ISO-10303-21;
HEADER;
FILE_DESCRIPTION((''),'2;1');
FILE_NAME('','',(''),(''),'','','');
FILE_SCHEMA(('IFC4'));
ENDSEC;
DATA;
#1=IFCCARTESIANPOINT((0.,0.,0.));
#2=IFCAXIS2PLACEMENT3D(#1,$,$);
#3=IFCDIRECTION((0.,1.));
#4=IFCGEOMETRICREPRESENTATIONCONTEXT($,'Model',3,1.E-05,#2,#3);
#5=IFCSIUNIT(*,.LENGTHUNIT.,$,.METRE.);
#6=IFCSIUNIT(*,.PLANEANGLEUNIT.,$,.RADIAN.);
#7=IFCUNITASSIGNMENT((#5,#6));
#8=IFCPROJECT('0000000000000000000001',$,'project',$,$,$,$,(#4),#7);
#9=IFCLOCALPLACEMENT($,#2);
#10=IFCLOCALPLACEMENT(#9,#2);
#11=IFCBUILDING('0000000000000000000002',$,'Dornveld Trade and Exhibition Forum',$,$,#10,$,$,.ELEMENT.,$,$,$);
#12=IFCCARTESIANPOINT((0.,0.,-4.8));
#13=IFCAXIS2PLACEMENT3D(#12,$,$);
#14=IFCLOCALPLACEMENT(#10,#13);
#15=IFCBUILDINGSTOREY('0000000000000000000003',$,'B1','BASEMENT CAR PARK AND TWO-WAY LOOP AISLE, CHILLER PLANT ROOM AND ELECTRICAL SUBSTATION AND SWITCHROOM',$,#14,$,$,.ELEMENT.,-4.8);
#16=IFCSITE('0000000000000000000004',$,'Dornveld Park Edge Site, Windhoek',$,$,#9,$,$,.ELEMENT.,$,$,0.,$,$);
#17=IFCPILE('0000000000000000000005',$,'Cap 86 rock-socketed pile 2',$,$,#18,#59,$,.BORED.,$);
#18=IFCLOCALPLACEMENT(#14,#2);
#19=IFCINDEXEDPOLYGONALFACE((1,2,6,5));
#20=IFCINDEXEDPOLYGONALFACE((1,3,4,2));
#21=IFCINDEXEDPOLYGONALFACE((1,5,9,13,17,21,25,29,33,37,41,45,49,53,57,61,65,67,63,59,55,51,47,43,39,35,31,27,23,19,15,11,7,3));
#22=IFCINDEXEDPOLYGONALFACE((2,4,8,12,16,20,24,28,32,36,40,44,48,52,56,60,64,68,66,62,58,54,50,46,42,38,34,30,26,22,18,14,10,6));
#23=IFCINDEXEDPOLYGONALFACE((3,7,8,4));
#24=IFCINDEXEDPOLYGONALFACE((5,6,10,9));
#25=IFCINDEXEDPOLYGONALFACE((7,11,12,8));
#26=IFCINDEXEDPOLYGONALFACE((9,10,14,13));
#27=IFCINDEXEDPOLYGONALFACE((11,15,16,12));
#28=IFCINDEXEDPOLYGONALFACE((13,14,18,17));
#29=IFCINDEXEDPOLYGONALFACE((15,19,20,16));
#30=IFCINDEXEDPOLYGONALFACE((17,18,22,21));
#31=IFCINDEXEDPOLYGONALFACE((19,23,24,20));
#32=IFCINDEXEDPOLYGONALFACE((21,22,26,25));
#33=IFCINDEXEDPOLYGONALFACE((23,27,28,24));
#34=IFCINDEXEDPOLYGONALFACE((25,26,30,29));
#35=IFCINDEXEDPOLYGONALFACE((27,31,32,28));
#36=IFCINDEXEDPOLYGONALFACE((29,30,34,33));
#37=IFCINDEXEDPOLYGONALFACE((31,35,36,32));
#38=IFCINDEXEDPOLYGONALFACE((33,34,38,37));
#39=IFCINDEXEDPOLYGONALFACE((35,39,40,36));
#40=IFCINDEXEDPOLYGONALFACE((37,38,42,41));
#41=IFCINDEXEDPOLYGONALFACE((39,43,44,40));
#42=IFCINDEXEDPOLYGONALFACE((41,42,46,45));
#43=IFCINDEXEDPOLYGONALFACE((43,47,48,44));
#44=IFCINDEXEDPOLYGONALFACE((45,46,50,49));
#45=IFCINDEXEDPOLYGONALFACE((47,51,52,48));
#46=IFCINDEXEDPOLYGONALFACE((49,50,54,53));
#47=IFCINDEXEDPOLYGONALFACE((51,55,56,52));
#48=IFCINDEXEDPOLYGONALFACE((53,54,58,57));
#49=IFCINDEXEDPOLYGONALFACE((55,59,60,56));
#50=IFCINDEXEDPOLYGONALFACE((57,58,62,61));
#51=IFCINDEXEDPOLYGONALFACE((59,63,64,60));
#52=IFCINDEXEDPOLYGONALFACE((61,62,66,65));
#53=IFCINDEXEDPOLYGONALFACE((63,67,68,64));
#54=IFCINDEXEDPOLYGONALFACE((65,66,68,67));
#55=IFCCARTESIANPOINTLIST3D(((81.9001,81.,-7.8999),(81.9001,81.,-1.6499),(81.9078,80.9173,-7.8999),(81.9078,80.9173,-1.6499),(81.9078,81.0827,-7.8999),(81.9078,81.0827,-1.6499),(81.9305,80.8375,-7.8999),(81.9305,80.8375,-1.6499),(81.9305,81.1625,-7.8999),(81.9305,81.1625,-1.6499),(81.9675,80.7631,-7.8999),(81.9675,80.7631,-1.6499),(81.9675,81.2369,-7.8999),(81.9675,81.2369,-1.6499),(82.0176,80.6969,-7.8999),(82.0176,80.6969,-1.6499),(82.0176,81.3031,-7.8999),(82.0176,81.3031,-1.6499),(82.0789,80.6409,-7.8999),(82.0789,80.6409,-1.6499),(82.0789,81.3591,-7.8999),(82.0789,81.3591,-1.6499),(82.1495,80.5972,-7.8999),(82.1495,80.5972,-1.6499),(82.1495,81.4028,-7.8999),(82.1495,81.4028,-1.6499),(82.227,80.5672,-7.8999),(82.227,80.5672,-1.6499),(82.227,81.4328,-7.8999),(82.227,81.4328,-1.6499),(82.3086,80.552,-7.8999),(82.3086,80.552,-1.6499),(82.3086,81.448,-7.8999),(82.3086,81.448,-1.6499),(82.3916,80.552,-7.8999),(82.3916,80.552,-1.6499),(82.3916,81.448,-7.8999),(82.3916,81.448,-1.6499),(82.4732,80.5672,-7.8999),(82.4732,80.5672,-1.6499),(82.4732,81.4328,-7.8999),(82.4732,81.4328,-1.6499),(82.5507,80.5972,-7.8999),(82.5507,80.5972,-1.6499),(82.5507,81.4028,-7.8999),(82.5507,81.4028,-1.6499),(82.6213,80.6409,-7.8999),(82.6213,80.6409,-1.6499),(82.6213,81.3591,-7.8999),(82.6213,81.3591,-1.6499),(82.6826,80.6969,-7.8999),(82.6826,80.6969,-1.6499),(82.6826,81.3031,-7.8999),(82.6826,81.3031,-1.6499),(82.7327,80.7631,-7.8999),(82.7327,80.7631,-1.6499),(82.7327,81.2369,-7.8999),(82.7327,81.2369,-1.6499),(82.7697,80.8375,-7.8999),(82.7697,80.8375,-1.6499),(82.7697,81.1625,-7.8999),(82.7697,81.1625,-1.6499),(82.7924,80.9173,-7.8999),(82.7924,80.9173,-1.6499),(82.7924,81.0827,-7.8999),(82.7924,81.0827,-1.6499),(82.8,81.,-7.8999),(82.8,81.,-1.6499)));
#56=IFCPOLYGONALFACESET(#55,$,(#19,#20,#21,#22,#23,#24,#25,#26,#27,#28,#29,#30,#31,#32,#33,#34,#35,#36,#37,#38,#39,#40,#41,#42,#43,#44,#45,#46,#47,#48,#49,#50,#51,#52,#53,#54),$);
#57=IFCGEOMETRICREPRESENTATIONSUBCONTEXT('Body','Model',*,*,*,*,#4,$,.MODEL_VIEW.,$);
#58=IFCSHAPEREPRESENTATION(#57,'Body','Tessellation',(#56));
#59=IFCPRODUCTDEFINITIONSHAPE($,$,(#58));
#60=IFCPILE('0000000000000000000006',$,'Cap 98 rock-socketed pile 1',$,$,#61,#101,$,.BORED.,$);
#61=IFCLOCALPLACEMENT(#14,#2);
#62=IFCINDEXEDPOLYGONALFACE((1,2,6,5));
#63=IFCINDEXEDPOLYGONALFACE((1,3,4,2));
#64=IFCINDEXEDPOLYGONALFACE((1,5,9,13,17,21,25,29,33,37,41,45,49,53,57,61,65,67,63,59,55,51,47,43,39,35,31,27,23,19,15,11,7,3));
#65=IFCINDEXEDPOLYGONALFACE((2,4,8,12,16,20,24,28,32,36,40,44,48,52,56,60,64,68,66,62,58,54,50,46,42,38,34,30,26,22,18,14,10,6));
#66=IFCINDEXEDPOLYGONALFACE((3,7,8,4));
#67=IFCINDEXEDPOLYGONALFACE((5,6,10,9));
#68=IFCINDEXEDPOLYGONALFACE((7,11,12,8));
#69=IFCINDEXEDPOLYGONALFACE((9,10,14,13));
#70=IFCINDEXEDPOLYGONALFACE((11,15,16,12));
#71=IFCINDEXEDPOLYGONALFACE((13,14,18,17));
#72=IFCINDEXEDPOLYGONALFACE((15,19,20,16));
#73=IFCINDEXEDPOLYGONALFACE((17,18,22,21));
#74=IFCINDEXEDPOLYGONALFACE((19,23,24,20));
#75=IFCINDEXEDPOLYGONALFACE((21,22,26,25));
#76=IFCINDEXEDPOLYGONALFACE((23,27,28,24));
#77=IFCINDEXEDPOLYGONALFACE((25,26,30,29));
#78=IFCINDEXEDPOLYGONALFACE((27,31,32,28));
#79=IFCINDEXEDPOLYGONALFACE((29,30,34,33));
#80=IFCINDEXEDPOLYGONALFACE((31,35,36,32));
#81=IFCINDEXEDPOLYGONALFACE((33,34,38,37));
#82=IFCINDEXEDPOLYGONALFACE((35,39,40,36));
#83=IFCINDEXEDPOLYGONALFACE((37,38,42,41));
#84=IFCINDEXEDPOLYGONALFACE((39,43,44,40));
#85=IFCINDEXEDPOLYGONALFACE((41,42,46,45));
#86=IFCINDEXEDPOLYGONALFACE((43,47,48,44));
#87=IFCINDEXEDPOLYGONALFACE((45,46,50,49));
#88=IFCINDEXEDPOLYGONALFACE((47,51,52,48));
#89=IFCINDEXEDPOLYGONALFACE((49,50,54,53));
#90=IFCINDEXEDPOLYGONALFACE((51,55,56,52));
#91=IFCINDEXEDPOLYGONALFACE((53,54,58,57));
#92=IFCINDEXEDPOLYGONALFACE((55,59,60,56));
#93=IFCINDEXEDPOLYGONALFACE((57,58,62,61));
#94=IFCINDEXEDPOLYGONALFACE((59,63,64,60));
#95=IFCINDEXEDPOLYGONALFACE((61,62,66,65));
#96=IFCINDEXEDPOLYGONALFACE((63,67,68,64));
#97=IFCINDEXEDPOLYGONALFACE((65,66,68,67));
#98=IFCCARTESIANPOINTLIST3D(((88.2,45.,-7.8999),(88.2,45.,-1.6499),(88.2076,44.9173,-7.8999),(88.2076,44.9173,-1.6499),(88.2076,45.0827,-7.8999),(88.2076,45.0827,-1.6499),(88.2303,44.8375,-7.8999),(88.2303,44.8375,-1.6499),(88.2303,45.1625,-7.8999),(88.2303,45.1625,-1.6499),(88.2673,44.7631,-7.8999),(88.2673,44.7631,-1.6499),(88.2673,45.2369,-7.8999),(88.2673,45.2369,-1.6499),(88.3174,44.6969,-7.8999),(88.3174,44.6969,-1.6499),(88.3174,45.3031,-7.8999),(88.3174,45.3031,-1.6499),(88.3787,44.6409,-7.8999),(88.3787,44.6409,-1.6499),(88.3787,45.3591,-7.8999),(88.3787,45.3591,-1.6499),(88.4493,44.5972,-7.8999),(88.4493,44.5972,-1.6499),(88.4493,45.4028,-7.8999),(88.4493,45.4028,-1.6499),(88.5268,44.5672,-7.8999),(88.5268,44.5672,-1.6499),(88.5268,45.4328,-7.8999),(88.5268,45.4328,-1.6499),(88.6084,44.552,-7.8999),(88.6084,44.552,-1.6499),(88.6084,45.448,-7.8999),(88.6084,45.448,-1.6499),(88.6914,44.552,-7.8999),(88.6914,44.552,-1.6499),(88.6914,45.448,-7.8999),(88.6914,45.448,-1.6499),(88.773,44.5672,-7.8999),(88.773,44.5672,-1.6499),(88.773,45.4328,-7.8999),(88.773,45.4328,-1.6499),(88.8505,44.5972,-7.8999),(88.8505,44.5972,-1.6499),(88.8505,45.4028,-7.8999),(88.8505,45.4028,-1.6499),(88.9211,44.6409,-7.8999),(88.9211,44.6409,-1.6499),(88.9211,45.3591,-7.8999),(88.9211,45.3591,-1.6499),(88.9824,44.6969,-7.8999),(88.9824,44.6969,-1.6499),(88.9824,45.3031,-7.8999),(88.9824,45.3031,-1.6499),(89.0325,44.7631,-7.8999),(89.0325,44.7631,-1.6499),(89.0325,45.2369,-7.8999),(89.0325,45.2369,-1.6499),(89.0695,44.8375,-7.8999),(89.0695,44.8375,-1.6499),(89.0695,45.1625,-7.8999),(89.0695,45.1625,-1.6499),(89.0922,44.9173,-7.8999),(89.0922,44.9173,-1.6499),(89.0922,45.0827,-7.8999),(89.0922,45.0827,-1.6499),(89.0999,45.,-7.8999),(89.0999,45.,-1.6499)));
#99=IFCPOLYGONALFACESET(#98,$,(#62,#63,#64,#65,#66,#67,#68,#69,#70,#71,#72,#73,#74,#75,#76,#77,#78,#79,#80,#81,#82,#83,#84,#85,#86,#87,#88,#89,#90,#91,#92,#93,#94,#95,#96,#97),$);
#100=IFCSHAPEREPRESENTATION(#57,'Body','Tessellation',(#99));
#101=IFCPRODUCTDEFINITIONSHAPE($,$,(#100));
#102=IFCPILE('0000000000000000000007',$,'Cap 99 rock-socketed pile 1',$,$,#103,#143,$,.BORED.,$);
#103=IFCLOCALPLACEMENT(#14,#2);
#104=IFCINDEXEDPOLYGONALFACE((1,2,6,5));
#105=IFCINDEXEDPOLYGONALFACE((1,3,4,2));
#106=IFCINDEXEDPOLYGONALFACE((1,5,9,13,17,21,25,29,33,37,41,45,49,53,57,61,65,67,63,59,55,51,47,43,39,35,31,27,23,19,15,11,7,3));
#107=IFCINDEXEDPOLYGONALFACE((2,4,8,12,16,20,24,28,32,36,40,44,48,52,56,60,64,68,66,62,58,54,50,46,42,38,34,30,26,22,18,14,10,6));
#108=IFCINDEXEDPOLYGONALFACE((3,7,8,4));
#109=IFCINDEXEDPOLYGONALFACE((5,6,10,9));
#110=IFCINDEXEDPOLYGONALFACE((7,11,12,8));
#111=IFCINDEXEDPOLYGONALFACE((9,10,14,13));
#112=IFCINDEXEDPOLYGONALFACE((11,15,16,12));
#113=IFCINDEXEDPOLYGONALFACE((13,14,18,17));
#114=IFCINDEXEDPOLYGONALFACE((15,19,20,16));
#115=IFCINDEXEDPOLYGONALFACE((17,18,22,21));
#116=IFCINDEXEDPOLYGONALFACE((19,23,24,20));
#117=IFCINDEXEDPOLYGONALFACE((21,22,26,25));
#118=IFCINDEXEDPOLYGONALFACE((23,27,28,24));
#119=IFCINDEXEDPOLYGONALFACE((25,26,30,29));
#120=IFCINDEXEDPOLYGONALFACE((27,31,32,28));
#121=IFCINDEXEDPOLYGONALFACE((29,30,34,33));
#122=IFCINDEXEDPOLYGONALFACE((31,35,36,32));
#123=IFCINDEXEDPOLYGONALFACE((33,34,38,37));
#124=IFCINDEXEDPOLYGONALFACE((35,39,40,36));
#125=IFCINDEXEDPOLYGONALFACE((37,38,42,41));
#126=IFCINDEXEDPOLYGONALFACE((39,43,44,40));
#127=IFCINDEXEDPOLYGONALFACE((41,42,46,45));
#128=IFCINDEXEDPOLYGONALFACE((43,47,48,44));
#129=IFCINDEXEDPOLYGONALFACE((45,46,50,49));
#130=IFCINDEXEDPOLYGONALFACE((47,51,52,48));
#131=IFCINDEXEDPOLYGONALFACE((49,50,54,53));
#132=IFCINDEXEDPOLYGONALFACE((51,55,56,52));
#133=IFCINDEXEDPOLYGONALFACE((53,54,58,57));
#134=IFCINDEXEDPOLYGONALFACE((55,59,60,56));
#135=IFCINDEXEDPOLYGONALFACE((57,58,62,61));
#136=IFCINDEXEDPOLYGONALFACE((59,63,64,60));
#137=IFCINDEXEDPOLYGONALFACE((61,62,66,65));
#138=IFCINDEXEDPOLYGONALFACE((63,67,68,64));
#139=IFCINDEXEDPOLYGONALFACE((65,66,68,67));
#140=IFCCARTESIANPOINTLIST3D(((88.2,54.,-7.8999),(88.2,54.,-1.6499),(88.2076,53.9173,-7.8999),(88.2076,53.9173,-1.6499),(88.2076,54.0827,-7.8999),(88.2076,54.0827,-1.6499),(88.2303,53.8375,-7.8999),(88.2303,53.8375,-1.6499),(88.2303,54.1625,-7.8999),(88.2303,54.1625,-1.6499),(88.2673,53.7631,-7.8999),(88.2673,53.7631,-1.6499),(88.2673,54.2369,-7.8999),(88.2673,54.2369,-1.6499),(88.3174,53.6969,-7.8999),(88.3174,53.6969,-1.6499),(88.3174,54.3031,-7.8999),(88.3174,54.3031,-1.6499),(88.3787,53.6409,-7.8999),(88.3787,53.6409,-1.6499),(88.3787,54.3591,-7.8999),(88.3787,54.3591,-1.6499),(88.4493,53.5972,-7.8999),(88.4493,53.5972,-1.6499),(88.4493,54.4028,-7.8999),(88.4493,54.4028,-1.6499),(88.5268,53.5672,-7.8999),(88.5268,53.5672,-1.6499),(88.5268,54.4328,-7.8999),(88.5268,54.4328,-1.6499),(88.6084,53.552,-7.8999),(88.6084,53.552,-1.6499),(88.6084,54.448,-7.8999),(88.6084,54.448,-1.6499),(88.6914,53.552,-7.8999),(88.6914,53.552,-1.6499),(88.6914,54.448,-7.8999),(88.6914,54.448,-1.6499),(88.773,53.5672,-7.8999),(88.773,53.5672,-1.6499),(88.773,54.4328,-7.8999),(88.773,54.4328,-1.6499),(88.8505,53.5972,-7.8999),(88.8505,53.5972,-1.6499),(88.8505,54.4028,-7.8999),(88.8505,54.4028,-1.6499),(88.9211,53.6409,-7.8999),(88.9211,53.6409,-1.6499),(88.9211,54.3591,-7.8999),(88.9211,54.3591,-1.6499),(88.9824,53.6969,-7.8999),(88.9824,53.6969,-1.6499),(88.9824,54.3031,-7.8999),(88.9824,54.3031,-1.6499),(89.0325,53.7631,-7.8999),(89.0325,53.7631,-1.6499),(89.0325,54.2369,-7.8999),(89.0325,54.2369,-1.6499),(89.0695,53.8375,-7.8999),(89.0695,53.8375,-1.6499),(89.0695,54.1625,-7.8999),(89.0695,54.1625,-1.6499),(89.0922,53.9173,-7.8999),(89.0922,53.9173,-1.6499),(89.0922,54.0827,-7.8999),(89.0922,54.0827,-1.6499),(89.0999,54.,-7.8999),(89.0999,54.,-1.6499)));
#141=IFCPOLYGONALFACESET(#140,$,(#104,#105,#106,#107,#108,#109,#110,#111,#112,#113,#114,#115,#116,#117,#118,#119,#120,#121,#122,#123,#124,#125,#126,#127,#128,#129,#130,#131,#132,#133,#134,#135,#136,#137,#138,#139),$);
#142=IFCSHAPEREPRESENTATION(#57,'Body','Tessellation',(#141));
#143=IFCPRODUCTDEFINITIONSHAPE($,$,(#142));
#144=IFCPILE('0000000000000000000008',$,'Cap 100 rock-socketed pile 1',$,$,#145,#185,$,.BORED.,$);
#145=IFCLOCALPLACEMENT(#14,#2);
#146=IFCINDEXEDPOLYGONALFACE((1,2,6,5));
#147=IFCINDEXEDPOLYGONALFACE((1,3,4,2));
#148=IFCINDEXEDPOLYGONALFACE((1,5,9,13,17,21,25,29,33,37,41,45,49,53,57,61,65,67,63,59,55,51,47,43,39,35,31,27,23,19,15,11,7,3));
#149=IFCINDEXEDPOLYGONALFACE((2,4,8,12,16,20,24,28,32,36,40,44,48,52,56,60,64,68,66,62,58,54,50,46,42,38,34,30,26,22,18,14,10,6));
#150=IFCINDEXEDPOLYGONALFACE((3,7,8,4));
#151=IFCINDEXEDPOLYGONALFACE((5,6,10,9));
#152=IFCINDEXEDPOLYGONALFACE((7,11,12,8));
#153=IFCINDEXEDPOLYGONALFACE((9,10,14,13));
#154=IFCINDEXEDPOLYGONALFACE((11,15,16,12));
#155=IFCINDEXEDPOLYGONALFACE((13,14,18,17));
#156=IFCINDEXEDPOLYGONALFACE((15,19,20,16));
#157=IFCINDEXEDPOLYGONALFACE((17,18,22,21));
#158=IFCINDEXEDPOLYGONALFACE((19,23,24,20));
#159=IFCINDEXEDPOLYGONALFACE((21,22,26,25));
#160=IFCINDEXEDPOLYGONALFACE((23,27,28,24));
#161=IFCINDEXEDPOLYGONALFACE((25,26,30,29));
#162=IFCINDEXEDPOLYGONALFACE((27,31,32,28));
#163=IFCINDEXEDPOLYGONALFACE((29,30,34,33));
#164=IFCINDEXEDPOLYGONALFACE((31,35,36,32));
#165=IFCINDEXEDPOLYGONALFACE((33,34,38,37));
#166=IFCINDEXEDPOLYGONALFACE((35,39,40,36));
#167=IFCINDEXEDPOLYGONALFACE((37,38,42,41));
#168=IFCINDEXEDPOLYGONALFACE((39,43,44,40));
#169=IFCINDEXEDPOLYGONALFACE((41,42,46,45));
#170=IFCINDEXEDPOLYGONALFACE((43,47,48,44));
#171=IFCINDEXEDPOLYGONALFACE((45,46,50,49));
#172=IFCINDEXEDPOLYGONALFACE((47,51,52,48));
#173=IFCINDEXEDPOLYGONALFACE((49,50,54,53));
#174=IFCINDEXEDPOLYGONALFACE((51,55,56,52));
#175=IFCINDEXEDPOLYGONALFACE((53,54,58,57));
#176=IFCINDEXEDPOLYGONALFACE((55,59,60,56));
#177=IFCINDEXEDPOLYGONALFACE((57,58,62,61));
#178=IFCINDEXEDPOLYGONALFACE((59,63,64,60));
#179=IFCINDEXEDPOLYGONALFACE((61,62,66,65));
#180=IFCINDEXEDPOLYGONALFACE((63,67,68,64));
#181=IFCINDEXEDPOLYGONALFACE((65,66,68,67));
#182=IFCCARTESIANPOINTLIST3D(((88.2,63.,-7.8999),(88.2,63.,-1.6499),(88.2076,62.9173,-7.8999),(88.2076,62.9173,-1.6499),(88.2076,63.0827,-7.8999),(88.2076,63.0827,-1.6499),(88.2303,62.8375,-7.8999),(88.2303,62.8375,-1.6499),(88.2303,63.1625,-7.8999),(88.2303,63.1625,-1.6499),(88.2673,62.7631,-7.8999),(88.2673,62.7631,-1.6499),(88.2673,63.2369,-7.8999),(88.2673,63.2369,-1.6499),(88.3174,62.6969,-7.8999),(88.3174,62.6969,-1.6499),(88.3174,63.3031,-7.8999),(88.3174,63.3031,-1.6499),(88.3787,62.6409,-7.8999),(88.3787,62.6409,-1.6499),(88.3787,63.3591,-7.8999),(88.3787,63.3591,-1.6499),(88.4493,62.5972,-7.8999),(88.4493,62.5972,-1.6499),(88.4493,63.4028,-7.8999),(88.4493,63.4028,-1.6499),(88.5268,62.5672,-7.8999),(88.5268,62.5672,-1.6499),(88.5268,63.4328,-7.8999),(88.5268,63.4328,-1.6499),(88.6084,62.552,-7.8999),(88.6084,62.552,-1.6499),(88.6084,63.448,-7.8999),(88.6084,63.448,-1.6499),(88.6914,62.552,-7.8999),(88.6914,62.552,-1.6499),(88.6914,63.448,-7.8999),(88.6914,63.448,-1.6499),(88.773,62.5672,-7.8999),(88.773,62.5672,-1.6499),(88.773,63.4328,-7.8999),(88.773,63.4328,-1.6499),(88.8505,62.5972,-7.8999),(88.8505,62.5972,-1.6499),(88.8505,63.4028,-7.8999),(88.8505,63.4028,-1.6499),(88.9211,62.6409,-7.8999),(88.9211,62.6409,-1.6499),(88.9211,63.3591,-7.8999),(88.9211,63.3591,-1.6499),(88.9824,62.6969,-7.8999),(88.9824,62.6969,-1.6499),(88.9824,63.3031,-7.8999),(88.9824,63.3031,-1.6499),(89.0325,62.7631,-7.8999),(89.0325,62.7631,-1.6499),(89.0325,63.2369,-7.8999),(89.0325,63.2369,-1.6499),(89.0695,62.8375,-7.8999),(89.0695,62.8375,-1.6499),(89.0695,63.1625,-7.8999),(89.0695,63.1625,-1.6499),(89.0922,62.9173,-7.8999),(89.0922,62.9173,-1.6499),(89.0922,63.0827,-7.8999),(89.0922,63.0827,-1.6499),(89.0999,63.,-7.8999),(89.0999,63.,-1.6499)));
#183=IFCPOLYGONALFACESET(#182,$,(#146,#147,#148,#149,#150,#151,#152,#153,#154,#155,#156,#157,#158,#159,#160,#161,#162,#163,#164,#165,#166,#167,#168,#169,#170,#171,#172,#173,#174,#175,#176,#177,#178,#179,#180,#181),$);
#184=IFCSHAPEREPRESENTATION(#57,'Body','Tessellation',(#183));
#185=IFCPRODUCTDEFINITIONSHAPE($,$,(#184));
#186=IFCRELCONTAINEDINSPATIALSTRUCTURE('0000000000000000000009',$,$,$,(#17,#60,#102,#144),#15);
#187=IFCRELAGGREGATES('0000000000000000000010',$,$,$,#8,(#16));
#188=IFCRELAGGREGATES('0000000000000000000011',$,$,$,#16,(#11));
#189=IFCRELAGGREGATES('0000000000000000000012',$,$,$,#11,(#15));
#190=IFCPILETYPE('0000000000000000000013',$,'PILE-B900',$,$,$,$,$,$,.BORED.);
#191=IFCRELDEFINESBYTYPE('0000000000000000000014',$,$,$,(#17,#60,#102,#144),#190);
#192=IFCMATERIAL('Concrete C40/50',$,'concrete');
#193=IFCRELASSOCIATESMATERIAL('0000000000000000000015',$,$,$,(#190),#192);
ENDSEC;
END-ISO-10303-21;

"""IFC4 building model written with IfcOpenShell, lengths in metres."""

from ifc_helpers import new_model, si_unit, direction, frame, origin, origin_2d, place, context, subcontext, project, spatial, circle, extrude, material, material_profile, profile_set, type_object, element, save


model = new_model("IFC4")

# Units and contexts
model_context = context("Model", 3, precision=1e-05, world=origin(), true_north=direction((0.0, 1.0)))
body_context = subcontext(model_context, "Body", "Model", "MODEL_VIEW")
ifc_project = project(units=[si_unit("LENGTHUNIT", "METRE"), si_unit("PLANEANGLEUNIT", "RADIAN")], contexts=[model_context])

# Site, building, storey
site_placement = place(None, origin())
site = spatial("IfcSite", under=ifc_project, at=site_placement, Name="Dornveld Park Edge Site, Windhoek", CompositionType="ELEMENT", RefElevation=0.0)
building_placement = place(site_placement, origin())
building = spatial("IfcBuilding", under=site, at=building_placement, Name="Dornveld Trade and Exhibition Forum", CompositionType="ELEMENT")
storey_placement = place(building_placement, frame((0.0, 0.0, -4.8)))
storey = spatial("IfcBuildingStorey", under=building, at=storey_placement, Name="B1", Description="BASEMENT CAR PARK AND TWO-WAY LOOP AISLE, CHILLER PLANT ROOM AND ELECTRICAL SUBSTATION AND SWITCHROOM", CompositionType="ELEMENT", Elevation=-4.8)

# Piles
ifc_material_1 = material(Name="Concrete C40/50", Category="concrete")
ifc_material_profile_1 = material_profile(ifc_material_1, circle(Radius=0.45, at=origin_2d()), Name="PILE D900")
ifc_profile_set_1 = profile_set([ifc_material_profile_1], Name="Concrete C40/50")
pile_type = type_object("IfcPileType", Name="PILE-B900", PredefinedType="BORED", material=ifc_profile_set_1)
for number, where, z_axis, x_axis, name in (
    (1, (82.3501, 81.0, -1.6499), (0.0, 0.0, -1.0), (1.0, 0.0, 0.0), "Cap 86 rock-socketed pile 2"),
    (2, (88.6499, 45.0, -1.6499), (0.0, 0.0, -1.0), (1.0, 0.0, 0.0), "Cap 98 rock-socketed pile 1"),
    (3, (88.6499, 54.0, -1.6499), (0.0, 0.0, -1.0), (1.0, 0.0, 0.0), "Cap 99 rock-socketed pile 1"),
    (4, (88.6499, 63.0, -1.6499), (0.0, 0.0, -1.0), (1.0, 0.0, 0.0), "Cap 100 rock-socketed pile 1"),
):
    element("IfcPile", number, at=place(storey_placement, frame(where, z_axis=z_axis, x_axis=x_axis)), inside=storey, type_object=pile_type, Name=name, PredefinedType="BORED", context=body_context, shape_type="SweptSolid", body=[
        extrude(circle(Radius=0.45, at=origin_2d()), origin(), (0.0, 0.0, 1.0), 6.25),
    ])

save(model, "model.ifc")
